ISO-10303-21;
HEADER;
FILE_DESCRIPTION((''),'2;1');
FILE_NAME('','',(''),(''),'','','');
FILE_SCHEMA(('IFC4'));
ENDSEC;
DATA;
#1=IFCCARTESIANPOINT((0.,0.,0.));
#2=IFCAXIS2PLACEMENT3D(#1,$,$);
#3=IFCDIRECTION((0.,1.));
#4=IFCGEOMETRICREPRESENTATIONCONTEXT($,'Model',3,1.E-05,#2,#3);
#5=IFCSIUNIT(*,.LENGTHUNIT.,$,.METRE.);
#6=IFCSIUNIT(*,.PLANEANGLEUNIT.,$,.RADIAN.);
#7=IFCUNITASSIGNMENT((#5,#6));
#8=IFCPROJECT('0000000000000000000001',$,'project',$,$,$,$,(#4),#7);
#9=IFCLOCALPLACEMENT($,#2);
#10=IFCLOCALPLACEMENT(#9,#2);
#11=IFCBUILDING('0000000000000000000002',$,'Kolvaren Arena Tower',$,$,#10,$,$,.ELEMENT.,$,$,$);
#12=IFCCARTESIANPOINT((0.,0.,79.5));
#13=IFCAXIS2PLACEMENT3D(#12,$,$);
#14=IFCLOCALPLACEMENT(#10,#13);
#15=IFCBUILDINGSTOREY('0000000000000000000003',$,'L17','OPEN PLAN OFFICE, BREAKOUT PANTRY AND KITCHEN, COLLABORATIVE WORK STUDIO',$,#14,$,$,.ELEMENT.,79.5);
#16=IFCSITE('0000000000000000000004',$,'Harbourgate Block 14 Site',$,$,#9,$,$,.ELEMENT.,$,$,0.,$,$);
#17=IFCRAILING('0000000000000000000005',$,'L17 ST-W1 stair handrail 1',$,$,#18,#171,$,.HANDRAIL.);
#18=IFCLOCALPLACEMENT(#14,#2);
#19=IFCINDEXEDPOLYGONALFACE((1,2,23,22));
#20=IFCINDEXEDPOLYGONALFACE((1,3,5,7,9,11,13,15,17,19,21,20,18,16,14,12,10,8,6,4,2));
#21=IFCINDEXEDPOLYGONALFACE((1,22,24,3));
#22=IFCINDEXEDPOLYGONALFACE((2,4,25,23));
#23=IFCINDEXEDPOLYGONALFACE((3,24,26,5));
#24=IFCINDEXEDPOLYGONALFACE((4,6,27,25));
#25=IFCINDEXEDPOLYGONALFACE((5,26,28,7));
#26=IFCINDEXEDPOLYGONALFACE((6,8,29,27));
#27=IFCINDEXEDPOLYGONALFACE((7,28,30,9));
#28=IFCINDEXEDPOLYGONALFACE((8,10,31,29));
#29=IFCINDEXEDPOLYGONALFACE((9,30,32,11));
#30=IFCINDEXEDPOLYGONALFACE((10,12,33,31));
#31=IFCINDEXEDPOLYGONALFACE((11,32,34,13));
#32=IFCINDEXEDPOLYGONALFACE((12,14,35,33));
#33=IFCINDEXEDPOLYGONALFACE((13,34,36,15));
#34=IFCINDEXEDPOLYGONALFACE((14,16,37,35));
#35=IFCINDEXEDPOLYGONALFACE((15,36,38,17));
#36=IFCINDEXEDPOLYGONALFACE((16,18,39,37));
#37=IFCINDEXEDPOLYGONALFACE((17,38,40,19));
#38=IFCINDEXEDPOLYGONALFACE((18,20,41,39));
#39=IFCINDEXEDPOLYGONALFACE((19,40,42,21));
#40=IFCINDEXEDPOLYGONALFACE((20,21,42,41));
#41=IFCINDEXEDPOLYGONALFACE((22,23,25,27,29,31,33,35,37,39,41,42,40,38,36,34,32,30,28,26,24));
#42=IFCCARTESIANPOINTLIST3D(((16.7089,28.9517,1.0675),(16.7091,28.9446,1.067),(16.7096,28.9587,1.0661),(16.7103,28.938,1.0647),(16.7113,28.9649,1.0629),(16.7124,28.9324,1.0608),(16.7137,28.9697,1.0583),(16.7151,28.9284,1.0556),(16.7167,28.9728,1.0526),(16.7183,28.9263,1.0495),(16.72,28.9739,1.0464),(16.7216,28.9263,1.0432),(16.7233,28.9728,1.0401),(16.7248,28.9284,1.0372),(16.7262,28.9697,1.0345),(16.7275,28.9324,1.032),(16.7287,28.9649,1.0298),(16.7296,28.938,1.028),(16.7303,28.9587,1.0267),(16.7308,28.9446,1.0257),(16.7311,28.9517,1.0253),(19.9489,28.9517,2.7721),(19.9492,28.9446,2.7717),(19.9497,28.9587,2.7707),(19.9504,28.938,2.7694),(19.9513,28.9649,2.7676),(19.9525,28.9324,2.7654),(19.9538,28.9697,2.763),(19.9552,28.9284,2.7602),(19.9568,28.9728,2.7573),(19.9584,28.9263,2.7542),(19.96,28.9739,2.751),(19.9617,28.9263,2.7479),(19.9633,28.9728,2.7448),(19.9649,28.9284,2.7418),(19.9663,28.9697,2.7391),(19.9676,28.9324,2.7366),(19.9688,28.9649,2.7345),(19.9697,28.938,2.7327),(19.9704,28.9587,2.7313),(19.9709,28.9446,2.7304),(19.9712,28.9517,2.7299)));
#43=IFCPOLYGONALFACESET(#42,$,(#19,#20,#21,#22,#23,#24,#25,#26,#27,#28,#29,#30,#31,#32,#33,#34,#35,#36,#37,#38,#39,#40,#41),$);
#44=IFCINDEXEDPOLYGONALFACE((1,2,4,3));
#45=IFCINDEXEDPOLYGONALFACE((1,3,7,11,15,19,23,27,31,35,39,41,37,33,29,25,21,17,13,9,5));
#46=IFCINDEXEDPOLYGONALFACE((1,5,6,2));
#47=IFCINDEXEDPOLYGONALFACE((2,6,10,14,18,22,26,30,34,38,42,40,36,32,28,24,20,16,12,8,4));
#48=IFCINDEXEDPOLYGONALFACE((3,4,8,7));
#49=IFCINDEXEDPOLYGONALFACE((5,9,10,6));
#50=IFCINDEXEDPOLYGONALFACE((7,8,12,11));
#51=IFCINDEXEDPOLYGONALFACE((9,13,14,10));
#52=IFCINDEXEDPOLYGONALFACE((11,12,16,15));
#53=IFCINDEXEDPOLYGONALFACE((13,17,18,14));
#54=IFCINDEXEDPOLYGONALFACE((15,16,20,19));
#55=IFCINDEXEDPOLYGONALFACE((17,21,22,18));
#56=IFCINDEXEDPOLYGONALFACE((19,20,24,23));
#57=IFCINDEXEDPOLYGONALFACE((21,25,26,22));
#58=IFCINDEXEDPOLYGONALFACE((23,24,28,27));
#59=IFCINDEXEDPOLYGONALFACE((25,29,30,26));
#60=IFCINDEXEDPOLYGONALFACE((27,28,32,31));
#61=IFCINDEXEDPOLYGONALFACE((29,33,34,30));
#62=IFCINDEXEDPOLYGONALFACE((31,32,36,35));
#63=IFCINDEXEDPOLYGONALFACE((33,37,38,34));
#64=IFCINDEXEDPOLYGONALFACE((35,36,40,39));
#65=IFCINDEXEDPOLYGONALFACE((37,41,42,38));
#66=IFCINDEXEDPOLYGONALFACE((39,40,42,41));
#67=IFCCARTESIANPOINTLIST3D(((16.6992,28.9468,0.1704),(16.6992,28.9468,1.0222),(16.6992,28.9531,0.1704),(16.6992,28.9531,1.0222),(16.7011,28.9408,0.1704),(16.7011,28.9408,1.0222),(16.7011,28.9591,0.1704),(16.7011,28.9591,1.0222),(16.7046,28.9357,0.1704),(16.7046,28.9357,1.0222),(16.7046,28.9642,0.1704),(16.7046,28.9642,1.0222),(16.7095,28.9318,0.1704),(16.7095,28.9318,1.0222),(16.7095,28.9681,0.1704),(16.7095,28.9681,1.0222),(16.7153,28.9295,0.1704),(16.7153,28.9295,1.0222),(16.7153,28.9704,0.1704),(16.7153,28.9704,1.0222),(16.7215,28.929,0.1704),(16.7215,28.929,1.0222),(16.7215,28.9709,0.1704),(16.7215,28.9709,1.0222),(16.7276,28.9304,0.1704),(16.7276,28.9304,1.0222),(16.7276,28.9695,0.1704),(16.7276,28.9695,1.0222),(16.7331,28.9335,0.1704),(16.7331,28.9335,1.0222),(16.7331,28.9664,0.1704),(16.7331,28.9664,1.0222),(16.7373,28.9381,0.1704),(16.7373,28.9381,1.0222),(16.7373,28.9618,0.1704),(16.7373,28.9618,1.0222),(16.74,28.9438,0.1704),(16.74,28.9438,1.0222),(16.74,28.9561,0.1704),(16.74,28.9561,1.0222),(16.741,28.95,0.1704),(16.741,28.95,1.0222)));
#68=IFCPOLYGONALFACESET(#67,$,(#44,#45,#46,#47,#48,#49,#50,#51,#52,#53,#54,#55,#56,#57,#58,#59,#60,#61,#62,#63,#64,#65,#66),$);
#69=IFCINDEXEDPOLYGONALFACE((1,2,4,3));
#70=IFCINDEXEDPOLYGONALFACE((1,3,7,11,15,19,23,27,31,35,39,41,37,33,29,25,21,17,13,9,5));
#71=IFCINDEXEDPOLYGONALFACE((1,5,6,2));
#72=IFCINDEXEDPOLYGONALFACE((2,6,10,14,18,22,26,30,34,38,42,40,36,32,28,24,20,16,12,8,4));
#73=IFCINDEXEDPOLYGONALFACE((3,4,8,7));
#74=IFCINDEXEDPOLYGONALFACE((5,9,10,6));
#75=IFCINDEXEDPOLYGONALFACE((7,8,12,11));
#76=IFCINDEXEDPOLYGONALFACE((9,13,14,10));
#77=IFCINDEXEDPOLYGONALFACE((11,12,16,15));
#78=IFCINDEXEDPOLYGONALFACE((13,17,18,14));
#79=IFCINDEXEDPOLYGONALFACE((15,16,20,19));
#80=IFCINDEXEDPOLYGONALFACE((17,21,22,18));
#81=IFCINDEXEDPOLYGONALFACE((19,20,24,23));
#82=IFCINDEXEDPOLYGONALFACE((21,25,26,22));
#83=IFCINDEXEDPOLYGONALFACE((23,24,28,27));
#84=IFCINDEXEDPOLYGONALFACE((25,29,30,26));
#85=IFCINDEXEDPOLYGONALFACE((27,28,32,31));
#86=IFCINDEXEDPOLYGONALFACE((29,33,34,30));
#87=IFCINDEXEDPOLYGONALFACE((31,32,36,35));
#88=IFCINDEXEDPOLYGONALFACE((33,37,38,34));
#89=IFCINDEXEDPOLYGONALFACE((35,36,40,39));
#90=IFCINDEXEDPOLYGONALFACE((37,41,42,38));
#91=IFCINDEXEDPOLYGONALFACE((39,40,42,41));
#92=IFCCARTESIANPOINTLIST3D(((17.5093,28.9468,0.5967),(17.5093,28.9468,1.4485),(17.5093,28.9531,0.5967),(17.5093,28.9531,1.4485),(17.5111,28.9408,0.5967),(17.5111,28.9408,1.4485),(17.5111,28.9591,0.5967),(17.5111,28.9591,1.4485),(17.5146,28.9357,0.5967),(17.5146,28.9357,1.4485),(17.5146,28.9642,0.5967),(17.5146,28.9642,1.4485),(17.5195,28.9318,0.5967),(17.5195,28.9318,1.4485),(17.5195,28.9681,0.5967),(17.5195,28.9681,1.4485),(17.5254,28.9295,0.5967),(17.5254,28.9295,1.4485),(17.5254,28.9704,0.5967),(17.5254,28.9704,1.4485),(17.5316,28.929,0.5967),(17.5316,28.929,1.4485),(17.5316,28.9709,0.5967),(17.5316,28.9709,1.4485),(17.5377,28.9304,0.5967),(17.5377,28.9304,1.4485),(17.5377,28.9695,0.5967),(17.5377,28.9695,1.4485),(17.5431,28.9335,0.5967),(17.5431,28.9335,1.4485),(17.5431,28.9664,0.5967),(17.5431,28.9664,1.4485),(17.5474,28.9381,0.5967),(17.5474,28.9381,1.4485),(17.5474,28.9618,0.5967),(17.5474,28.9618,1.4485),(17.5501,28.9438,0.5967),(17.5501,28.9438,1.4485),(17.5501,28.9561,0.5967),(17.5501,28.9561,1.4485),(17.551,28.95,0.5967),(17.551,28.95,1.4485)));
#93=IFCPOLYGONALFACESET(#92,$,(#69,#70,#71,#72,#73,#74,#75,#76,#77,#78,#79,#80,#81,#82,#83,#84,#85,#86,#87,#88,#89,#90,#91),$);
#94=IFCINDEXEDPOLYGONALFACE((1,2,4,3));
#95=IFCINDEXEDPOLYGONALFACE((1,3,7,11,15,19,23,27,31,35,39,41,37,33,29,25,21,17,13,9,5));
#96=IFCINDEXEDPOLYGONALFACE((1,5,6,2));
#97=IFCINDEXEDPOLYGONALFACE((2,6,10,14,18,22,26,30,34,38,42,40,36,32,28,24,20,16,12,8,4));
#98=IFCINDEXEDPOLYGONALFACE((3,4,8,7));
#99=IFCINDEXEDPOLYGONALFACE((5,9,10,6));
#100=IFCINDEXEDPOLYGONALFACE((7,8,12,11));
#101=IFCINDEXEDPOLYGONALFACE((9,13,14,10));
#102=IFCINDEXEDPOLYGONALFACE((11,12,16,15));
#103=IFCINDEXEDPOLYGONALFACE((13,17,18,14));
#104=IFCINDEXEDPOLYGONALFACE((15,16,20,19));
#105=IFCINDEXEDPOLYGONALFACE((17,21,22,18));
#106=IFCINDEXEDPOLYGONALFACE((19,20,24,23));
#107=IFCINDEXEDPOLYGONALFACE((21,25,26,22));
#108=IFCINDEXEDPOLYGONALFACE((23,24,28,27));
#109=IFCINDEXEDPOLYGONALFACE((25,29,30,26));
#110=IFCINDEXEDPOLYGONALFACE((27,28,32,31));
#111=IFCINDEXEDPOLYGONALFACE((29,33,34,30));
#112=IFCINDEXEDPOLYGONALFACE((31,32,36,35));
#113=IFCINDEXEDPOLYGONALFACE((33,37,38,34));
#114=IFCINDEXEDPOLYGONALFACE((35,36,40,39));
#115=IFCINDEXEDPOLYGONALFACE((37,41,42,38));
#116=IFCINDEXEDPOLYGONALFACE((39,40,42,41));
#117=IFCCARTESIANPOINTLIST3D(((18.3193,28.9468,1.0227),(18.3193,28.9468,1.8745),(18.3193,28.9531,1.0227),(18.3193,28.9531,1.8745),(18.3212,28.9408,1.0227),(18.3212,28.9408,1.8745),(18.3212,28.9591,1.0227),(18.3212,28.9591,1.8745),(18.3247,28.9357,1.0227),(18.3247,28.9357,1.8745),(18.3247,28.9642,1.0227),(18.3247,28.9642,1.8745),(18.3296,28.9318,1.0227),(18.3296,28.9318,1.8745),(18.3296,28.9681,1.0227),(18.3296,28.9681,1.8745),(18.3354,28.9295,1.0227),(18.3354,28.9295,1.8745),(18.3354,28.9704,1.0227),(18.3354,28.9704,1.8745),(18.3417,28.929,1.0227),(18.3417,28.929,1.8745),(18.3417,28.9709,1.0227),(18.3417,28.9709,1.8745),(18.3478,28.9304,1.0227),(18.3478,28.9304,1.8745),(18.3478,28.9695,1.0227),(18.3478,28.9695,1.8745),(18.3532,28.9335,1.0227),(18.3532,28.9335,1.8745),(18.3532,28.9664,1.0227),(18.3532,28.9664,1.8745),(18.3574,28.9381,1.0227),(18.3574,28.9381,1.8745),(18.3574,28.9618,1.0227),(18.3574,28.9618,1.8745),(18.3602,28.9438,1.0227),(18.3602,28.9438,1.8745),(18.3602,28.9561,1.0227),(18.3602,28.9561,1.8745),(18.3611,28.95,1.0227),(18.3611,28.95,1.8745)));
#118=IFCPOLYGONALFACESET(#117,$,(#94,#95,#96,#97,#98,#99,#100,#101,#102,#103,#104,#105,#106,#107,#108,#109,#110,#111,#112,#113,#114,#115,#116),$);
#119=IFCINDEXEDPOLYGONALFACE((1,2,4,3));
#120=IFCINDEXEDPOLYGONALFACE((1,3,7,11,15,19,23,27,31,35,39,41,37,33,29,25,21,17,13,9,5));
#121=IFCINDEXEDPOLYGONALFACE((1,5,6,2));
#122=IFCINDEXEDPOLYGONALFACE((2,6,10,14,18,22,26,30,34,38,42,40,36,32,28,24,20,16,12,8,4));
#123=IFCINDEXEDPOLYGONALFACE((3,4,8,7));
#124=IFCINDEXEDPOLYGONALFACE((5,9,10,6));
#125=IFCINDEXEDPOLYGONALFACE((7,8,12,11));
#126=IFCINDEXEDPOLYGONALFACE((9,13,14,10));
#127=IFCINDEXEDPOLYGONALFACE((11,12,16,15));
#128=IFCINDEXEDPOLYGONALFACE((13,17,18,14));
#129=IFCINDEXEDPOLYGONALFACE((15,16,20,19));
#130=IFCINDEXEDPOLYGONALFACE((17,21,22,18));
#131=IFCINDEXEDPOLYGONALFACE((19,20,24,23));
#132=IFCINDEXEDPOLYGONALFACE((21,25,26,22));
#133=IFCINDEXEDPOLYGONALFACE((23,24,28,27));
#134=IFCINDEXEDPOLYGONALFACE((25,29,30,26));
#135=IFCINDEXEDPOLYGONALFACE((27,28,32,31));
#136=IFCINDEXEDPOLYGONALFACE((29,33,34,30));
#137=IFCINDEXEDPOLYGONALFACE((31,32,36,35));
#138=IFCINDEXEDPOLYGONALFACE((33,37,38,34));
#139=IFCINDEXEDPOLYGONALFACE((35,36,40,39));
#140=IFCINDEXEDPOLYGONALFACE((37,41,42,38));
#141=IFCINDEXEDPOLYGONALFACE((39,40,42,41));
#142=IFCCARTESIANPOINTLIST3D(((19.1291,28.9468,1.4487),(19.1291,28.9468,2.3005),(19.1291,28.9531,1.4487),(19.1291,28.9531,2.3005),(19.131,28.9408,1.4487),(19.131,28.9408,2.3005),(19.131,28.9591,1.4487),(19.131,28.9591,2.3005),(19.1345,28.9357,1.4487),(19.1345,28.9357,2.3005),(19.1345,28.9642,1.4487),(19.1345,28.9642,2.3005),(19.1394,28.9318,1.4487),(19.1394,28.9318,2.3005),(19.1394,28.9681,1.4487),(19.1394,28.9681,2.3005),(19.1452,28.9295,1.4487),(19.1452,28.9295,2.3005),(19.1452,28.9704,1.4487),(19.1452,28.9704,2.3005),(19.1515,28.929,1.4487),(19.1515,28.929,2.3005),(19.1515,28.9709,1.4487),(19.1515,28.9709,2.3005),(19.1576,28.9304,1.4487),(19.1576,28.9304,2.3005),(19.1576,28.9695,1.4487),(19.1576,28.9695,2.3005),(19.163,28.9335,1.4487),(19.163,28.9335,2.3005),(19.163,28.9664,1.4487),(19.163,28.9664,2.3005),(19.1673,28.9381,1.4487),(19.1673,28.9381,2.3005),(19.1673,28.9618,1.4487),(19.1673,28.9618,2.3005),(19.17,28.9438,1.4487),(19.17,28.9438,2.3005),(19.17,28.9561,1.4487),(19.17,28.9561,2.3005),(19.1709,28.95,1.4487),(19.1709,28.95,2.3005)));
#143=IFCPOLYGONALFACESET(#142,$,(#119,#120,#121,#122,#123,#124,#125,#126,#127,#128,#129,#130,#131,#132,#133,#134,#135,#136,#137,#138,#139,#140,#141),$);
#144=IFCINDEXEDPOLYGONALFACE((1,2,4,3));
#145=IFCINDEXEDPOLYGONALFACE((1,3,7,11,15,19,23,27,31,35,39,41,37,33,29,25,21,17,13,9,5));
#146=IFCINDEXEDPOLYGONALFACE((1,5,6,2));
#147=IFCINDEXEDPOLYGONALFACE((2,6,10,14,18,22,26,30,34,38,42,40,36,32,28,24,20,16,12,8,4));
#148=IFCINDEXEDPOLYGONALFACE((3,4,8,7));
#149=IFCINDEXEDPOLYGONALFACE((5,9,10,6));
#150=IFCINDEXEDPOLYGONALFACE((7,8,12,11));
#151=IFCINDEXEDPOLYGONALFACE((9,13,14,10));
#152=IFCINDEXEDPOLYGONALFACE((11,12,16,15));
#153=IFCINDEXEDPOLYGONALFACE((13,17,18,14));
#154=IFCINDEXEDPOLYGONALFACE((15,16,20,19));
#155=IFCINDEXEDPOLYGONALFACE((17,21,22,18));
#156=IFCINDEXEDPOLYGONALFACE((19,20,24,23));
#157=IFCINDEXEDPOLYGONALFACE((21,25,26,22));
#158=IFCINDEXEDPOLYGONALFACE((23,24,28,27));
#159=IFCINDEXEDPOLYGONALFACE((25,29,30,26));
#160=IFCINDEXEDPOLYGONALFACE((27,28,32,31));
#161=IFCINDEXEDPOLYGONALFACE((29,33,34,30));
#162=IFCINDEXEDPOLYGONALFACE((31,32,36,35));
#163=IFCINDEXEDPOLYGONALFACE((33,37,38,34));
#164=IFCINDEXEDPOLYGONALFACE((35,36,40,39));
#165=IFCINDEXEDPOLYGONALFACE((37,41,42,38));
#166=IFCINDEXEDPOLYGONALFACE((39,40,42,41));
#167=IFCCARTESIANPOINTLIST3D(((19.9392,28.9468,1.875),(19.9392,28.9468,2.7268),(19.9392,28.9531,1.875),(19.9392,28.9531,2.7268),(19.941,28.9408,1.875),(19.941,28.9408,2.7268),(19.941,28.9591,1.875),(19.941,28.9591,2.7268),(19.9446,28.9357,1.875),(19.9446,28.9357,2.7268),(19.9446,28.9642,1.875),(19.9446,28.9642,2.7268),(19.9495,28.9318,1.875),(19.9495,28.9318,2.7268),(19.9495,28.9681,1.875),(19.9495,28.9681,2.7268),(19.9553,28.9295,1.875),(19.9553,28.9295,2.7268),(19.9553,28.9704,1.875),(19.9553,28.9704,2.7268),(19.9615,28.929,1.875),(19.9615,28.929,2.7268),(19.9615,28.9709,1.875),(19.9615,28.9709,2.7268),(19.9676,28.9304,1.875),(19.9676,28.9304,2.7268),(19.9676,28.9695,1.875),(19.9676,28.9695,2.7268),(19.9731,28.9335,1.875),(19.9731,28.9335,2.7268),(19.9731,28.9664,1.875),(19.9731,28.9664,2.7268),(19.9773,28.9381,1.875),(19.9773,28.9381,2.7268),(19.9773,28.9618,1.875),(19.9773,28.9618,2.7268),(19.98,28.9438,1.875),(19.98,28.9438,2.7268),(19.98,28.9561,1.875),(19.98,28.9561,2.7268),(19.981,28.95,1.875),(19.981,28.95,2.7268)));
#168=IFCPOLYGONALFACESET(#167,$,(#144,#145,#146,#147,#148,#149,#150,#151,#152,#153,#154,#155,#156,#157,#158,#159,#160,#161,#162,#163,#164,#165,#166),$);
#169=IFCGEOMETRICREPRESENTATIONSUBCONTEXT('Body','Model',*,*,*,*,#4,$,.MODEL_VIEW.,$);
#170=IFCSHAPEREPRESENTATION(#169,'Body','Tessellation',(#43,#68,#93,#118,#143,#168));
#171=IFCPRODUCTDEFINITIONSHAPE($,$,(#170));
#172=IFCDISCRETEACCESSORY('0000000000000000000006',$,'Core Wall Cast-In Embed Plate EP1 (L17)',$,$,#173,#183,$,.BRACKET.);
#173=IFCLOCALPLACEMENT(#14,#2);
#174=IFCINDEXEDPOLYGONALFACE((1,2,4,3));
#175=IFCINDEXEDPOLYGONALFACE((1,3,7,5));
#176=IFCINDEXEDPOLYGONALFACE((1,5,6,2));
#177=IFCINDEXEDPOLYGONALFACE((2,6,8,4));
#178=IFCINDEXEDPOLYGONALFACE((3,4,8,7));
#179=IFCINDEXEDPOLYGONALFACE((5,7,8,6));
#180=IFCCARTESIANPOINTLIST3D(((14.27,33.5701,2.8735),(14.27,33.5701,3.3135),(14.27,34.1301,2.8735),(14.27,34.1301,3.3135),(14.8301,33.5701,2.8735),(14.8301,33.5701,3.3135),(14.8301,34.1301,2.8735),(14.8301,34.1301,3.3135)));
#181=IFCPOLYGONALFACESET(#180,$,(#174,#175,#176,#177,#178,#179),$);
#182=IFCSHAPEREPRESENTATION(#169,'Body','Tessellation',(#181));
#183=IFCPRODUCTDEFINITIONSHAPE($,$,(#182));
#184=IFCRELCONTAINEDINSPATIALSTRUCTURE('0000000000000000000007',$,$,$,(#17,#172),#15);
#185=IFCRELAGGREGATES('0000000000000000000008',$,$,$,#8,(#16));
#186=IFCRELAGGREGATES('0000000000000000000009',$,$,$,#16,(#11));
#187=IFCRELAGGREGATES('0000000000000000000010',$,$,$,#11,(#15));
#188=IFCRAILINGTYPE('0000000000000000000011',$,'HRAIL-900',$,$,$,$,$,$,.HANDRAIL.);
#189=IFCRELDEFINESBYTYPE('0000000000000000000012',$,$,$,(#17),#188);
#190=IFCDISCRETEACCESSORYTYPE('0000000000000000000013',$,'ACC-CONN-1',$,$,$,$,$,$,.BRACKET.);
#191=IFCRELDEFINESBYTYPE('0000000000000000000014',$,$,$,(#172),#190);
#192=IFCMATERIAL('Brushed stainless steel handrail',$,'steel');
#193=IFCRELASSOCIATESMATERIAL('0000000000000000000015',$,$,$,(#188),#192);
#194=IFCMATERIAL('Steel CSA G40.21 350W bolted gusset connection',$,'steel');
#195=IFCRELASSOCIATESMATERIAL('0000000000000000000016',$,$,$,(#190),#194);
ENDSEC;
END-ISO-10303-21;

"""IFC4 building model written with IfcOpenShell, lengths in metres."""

from ifc_helpers import new_model, si_unit, direction, frame, origin, origin_2d, place, context, subcontext, project, spatial, rectangle, circle, extrude, material, type_object, element, save


model = new_model("IFC4")

# Units and contexts
model_context = context("Model", 3, precision=1e-05, world=origin(), true_north=direction((0.0, 1.0)))
body_context = subcontext(model_context, "Body", "Model", "MODEL_VIEW")
ifc_project = project(units=[si_unit("LENGTHUNIT", "METRE"), si_unit("PLANEANGLEUNIT", "RADIAN")], contexts=[model_context])

# Site, building, storey
site_placement = place(None, origin())
site = spatial("IfcSite", under=ifc_project, at=site_placement, Name="Harbourgate Block 14 Site", CompositionType="ELEMENT", RefElevation=0.0)
building_placement = place(site_placement, origin())
building = spatial("IfcBuilding", under=site, at=building_placement, Name="Kolvaren Arena Tower", CompositionType="ELEMENT")
storey_placement = place(building_placement, frame((0.0, 0.0, 79.5)))
storey = spatial("IfcBuildingStorey", under=building, at=storey_placement, Name="L17", Description="OPEN PLAN OFFICE, BREAKOUT PANTRY AND KITCHEN, COLLABORATIVE WORK STUDIO", CompositionType="ELEMENT", Elevation=79.5)

# Railing
ifc_material_1 = material(Name="Brushed stainless steel handrail", Category="steel")
railing_type_1 = type_object("IfcRailingType", Name="HRAIL-900", PredefinedType="HANDRAIL", material=ifc_material_1)
railing_1_placement = place(storey_placement, frame((16.72, 28.95, 0.1704)))
element("IfcRailing", 1, at=railing_1_placement, inside=storey, type_object=railing_type_1, Name="L17 ST-W1 stair handrail 1", PredefinedType="HANDRAIL", context=body_context, shape_type="SweptSolid", body=[
    extrude(circle(Radius=0.0239, at=origin_2d()), frame((0.0, 0.0, 0.876), z_axis=(0.884993, 0.0, 0.465604), x_axis=(0.0, 1.0, 0.0)), (0.0, 0.0, 1.0), 3.6611),
    extrude(circle(Radius=0.021, at=origin_2d()), origin(), (0.0, 0.0, 1.0), 0.8518),
    extrude(circle(Radius=0.021, at=origin_2d()), frame((0.8101, 0.0, 0.4263)), (0.0, 0.0, 1.0), 0.8518),
    extrude(circle(Radius=0.021, at=origin_2d()), frame((1.6201, 0.0, 0.8523)), (0.0, 0.0, 1.0), 0.8518),
    extrude(circle(Radius=0.021, at=origin_2d()), frame((2.4299, 0.0, 1.2783)), (0.0, 0.0, 1.0), 0.8518),
    extrude(circle(Radius=0.021, at=origin_2d()), frame((3.24, 0.0, 1.7046)), (0.0, 0.0, 1.0), 0.8518),
])

# Discrete accessory
ifc_material_2 = material(Name="Steel CSA G40.21 350W bolted gusset connection", Category="steel")
discrete_accessory_type = type_object("IfcDiscreteAccessoryType", Name="ACC-CONN-1", PredefinedType="BRACKET", material=ifc_material_2)
discrete_accessory_placement = place(storey_placement, frame((14.55, 33.8501, 2.8735), z_axis=(0.0, 0.0, 1.0), x_axis=(1.0, 0.0, 0.0)))
element("IfcDiscreteAccessory", 2, at=discrete_accessory_placement, inside=storey, type_object=discrete_accessory_type, Name="Core Wall Cast-In Embed Plate EP1 (L17)", PredefinedType="BRACKET", context=body_context, shape_type="SweptSolid", body=[
    extrude(rectangle(XDim=0.5601, YDim=0.5601, at=origin_2d()), origin(), (0.0, 0.0, 1.0), 0.4399),
])

save(model, "model.ifc")
